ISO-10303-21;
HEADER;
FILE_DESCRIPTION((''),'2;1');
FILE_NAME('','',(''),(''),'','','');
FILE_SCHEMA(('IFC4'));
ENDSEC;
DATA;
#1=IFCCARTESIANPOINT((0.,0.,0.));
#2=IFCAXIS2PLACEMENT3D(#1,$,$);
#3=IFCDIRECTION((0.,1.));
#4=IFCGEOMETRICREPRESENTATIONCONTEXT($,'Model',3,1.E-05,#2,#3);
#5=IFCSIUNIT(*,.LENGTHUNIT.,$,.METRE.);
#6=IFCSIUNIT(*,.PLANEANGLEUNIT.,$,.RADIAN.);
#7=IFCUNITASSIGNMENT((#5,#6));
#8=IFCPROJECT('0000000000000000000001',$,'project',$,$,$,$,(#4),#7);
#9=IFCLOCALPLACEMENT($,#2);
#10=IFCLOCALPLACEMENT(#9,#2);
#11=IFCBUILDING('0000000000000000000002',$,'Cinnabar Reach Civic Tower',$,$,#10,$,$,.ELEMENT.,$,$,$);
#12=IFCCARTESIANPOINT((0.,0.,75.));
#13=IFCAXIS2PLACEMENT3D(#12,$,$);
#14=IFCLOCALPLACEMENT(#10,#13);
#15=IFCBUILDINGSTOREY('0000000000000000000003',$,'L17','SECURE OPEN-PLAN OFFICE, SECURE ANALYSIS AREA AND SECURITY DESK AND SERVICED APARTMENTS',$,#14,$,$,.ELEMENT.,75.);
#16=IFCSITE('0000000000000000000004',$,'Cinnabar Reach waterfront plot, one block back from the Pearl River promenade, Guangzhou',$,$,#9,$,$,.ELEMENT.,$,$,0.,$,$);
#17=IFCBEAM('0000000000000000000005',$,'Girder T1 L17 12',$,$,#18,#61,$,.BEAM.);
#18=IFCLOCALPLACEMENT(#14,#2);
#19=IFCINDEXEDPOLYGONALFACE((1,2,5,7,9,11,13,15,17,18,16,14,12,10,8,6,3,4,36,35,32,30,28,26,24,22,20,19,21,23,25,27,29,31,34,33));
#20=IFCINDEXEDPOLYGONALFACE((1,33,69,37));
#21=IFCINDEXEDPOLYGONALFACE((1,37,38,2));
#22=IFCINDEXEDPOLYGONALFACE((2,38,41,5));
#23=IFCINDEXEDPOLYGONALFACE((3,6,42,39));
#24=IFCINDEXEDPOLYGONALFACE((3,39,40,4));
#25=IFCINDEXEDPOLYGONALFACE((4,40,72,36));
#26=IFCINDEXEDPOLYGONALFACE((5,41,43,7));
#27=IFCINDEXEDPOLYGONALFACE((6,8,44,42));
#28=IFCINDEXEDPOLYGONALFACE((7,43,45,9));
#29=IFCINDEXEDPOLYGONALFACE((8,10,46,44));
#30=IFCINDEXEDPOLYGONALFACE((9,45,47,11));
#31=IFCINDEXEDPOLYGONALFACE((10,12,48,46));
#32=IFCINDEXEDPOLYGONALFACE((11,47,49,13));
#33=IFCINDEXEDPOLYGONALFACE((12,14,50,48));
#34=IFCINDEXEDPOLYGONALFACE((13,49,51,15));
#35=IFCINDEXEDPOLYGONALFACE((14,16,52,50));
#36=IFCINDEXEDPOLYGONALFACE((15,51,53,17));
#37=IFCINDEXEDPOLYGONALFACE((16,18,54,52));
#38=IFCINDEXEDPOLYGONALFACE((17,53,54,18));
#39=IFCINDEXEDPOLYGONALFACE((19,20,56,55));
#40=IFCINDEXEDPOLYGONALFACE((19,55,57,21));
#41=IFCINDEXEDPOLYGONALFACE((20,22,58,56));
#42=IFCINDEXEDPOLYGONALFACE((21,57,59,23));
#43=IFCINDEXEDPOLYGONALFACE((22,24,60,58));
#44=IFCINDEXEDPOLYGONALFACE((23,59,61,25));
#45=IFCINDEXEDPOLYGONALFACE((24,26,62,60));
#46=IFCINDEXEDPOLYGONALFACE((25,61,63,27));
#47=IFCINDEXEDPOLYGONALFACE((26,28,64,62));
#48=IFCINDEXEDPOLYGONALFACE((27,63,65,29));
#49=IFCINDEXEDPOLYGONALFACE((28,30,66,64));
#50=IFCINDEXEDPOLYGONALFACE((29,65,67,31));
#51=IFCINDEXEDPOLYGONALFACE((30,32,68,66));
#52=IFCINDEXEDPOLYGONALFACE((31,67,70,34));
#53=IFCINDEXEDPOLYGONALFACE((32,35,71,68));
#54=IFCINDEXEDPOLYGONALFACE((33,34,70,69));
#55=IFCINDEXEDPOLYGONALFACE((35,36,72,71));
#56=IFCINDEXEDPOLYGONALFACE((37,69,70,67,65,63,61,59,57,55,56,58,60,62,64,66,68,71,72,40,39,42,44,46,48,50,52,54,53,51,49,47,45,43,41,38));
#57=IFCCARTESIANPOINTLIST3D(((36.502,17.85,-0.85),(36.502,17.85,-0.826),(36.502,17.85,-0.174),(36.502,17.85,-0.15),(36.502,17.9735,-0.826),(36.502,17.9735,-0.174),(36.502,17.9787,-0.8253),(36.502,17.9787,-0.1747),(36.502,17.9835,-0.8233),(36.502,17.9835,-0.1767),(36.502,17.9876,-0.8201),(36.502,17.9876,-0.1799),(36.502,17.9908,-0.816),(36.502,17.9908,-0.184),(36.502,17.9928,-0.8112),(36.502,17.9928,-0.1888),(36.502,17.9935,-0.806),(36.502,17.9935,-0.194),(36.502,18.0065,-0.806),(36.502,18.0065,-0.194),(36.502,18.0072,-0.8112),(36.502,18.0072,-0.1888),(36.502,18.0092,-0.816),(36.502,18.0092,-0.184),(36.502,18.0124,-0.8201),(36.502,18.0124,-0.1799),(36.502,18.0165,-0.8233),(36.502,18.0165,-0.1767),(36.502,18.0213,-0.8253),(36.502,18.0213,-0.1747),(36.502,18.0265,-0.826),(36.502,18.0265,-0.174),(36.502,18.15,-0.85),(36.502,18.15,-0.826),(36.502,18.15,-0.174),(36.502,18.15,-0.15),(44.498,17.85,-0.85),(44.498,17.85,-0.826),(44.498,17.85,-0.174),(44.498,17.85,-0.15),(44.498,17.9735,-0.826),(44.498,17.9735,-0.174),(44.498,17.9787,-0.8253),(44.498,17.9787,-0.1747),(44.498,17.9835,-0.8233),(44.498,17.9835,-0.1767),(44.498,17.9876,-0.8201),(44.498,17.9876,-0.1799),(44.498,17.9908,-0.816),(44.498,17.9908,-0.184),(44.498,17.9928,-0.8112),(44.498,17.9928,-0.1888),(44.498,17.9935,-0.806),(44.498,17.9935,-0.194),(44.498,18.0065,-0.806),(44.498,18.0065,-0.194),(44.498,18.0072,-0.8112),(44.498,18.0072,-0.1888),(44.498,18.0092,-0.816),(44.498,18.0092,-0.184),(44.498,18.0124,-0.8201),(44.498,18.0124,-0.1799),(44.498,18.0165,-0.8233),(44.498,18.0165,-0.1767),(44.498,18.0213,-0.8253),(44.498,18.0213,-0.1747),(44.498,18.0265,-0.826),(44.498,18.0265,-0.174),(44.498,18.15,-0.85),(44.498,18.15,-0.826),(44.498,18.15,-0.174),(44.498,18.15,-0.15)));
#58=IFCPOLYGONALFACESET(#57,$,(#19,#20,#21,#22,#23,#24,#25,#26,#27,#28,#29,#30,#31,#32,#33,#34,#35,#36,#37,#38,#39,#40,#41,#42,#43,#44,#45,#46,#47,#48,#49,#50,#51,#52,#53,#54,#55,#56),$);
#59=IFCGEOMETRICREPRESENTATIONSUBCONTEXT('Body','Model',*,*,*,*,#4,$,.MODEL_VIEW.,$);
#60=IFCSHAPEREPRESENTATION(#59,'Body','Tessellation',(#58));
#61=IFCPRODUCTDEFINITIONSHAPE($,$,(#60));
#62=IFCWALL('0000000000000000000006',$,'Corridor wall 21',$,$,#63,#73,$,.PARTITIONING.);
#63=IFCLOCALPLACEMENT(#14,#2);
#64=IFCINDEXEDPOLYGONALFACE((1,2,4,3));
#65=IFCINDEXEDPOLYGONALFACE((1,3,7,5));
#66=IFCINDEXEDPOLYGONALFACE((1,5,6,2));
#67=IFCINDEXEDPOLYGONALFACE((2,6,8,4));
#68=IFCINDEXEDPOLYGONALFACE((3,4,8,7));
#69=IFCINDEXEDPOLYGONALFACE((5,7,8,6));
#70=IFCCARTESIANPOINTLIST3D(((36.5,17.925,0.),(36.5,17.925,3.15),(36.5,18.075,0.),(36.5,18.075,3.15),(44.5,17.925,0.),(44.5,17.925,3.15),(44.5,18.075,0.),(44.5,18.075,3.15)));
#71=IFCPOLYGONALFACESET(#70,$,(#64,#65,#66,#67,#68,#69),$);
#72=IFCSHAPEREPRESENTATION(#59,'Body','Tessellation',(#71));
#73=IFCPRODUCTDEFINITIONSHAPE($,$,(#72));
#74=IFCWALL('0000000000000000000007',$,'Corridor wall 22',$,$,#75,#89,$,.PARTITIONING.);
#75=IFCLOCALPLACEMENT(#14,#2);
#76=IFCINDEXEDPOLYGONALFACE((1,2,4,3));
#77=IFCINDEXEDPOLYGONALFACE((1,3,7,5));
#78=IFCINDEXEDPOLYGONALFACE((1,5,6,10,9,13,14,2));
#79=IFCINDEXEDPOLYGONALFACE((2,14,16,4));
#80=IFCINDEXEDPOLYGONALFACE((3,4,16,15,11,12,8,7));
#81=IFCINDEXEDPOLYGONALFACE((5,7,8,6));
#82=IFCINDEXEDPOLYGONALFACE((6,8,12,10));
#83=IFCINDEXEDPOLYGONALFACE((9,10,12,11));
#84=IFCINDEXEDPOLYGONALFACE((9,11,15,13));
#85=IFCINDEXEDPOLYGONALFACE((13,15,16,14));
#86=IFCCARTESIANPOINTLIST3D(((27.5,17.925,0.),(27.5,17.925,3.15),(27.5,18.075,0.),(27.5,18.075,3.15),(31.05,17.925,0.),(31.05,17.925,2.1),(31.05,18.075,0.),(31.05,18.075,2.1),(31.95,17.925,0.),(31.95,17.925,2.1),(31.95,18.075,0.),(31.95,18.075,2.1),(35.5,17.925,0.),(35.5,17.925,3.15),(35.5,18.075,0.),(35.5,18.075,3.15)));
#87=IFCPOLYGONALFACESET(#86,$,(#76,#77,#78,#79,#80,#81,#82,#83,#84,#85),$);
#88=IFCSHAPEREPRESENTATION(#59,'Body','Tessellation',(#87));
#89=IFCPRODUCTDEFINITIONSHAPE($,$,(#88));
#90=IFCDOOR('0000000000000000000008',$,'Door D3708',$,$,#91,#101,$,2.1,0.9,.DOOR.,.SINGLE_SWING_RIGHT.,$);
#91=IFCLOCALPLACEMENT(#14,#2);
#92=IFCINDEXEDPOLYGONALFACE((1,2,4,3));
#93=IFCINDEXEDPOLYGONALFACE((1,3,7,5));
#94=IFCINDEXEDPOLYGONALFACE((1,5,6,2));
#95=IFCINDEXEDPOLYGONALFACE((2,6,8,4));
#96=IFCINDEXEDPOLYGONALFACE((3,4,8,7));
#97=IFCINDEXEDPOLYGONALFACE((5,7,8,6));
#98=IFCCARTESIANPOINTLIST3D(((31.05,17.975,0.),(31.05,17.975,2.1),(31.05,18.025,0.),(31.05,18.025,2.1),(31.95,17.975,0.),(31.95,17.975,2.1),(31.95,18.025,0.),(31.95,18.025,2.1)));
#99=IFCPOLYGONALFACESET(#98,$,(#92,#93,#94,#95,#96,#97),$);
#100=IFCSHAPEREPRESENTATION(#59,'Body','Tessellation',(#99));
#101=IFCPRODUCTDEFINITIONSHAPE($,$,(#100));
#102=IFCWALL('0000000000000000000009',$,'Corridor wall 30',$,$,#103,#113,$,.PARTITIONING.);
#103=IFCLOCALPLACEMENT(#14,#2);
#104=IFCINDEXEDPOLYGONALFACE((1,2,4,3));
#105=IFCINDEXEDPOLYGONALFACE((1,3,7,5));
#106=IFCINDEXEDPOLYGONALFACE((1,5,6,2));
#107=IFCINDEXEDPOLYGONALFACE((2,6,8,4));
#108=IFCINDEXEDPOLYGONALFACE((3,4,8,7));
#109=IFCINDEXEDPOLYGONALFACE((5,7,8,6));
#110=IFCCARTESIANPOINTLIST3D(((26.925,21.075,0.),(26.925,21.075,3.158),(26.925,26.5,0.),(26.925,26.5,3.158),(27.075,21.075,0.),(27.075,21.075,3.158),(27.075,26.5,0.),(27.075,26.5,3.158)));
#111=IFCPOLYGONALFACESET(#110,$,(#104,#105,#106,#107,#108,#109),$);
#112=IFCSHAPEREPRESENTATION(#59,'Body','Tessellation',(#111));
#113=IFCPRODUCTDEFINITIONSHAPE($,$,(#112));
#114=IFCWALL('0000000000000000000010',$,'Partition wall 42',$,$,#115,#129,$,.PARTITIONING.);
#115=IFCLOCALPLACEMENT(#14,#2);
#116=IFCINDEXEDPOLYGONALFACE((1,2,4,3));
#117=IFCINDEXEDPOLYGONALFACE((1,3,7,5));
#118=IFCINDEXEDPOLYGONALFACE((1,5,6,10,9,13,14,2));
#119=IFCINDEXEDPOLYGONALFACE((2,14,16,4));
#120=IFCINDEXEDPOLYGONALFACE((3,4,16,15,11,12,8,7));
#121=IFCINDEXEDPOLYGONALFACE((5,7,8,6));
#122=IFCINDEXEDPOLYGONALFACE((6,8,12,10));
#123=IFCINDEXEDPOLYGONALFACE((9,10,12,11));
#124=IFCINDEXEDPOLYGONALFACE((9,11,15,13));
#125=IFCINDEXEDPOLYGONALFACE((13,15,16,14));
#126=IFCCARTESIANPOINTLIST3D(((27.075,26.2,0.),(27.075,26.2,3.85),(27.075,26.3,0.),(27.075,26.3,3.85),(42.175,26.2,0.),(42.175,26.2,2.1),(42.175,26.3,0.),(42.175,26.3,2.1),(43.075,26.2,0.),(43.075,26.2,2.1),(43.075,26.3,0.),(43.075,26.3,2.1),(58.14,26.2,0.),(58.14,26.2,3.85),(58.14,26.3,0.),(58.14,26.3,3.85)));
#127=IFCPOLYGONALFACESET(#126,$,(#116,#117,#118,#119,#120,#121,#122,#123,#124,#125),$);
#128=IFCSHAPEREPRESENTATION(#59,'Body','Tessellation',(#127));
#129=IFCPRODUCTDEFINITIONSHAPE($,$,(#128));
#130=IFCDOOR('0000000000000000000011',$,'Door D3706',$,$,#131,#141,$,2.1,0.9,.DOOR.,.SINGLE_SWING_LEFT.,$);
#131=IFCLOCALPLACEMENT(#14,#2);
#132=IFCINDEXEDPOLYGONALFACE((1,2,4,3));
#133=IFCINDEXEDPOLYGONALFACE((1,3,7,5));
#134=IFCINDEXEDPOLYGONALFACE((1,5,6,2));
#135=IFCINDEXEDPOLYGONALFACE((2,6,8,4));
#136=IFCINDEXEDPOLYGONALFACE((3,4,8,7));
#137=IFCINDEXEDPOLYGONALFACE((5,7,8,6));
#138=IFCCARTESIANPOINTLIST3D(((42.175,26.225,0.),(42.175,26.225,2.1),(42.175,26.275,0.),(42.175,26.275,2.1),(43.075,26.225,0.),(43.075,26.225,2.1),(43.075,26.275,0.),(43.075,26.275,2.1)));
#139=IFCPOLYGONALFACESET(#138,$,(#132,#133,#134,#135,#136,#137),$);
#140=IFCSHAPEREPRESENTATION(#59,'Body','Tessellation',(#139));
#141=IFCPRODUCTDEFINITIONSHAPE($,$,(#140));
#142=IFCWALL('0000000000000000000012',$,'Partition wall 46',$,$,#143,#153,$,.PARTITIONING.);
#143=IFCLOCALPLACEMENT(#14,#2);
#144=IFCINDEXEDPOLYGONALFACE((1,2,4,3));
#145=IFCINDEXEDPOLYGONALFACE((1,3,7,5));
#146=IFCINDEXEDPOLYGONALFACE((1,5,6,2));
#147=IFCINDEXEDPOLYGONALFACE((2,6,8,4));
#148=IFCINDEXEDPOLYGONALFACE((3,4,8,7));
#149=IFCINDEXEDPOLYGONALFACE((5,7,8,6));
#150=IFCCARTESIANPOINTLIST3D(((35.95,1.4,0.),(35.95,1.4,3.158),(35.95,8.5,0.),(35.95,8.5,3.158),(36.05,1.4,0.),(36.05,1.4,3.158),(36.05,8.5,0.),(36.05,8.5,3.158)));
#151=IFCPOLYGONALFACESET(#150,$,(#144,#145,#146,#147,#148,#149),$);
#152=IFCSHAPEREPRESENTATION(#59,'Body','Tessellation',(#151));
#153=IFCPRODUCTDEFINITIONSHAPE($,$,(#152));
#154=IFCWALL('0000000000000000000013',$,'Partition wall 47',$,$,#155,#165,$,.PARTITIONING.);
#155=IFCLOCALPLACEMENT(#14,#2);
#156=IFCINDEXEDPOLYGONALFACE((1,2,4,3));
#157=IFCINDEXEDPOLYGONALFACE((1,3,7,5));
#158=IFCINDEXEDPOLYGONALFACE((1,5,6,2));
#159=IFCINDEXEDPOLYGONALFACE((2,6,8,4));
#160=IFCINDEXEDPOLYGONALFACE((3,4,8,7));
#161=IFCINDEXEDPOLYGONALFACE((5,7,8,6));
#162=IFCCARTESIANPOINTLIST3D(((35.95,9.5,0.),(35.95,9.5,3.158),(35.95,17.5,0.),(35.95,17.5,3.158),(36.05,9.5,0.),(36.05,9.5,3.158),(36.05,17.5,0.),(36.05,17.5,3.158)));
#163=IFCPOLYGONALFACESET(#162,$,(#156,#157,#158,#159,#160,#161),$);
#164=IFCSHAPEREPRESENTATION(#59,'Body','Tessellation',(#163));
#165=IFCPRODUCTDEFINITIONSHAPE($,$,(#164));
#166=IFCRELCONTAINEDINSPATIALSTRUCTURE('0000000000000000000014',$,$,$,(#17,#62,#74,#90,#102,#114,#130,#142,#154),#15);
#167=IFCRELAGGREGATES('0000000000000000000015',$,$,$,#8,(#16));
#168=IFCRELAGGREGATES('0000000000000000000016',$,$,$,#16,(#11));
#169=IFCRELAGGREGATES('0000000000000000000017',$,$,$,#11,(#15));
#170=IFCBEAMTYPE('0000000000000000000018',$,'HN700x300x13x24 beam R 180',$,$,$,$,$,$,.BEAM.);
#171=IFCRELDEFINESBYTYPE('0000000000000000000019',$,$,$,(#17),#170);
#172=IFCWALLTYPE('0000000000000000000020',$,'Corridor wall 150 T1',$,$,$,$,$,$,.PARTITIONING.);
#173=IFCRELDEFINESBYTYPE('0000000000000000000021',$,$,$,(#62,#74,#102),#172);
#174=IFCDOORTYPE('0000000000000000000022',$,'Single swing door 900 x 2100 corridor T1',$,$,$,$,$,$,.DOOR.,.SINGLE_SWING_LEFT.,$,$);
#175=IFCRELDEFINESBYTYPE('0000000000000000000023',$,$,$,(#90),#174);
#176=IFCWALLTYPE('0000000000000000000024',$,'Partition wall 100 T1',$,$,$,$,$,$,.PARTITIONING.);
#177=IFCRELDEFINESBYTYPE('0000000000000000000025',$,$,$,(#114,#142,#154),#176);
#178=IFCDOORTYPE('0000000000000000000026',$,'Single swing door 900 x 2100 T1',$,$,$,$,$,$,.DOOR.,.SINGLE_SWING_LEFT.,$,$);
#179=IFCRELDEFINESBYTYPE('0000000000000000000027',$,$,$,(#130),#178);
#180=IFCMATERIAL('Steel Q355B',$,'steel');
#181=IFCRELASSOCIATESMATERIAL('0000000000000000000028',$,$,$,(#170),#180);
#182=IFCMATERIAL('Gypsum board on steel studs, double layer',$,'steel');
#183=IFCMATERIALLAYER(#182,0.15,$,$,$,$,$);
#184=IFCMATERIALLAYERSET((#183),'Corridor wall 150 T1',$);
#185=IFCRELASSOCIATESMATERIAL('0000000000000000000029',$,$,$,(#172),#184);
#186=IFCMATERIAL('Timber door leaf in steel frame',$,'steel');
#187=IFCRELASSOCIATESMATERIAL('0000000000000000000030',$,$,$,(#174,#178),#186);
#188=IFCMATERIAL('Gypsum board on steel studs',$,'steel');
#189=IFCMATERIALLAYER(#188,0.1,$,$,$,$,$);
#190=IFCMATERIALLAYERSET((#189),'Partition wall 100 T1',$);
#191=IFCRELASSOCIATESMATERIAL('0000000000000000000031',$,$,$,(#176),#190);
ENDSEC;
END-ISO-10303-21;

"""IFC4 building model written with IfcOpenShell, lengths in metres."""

from ifc_helpers import new_model, si_unit, direction, frame, frame_2d, origin, origin_2d, place, context, subcontext, project, spatial, rectangle, i_section, extrude, material, layer, layer_set, material_profile, profile_set, type_object, element, fill, save


model = new_model("IFC4")

# Units and contexts
model_context = context("Model", 3, precision=1e-05, world=origin(), true_north=direction((0.0, 1.0)))
body_context = subcontext(model_context, "Body", "Model", "MODEL_VIEW")
ifc_project = project(units=[si_unit("LENGTHUNIT", "METRE"), si_unit("PLANEANGLEUNIT", "RADIAN")], contexts=[model_context])

# Site, building, storey
site_placement = place(None, origin())
site = spatial("IfcSite", under=ifc_project, at=site_placement, Name="Cinnabar Reach waterfront plot, one block back from the Pearl River promenade, Guangzhou", CompositionType="ELEMENT", RefElevation=0.0)
building_placement = place(site_placement, origin())
building = spatial("IfcBuilding", under=site, at=building_placement, Name="Cinnabar Reach Civic Tower", CompositionType="ELEMENT")
storey_placement = place(building_placement, frame((0.0, 0.0, 75.0)))
storey = spatial("IfcBuildingStorey", under=building, at=storey_placement, Name="L17", Description="SECURE OPEN-PLAN OFFICE, SECURE ANALYSIS AREA AND SECURITY DESK AND SERVICED APARTMENTS", CompositionType="ELEMENT", Elevation=75.0)

# Beam
ifc_material_1 = material(Name="Steel Q355B", Category="steel")
ifc_material_profile_1 = material_profile(ifc_material_1, i_section(OverallWidth=0.3, OverallDepth=0.7, WebThickness=0.013, FlangeThickness=0.024, FilletRadius=0.02, at=origin_2d()), Name="HN700x300x13x24")
ifc_profile_set_1 = profile_set([ifc_material_profile_1], Name="Steel Q355B")
beam_type_1 = type_object("IfcBeamType", Name="HN700x300x13x24 beam R 180", PredefinedType="BEAM", material=ifc_profile_set_1)
for number, where, z_axis, x_axis, name in (
    (1, (36.502, 18.0, -0.5), (1.0, 0.0, 0.0), (0.0, 1.0, 0.0), "Girder T1 L17 12"),
):
    element("IfcBeam", number, at=place(storey_placement, frame(where, z_axis=z_axis, x_axis=x_axis)), inside=storey, type_object=beam_type_1, Name=name, PredefinedType="BEAM", context=body_context, shape_type="SweptSolid", body=[
        extrude(i_section(OverallWidth=0.3, OverallDepth=0.7, WebThickness=0.013, FlangeThickness=0.024, FilletRadius=0.02, at=origin_2d()), origin(), (0.0, 0.0, 1.0), 7.996),
    ])

# Wall
ifc_material_2 = material(Name="Gypsum board on steel studs, double layer", Category="steel")
ifc_layer_1 = layer(ifc_material_2, 0.15)
ifc_layer_set_1 = layer_set([ifc_layer_1], Name="Corridor wall 150 T1")
wall_type_1 = type_object("IfcWallType", Name="Corridor wall 150 T1", PredefinedType="PARTITIONING", material=ifc_layer_set_1)
wall_1_placement = place(storey_placement, frame((36.5, 18.0, 0.0), z_axis=(0.0, 0.0, 1.0), x_axis=(1.0, 0.0, 0.0)))
element("IfcWall", 2, at=wall_1_placement, inside=storey, type_object=wall_type_1, Name="Corridor wall 21", PredefinedType="PARTITIONING", context=body_context, shape_type="SweptSolid", body=[
    extrude(rectangle(XDim=8.0, YDim=0.15, at=frame_2d((4.0, 0.0))), origin(), (0.0, 0.0, 1.0), 3.15),
])

# Wall, opening, door
wall_2_placement = place(storey_placement, frame((27.5, 18.0, 0.0), z_axis=(0.0, 0.0, 1.0), x_axis=(1.0, 0.0, 0.0)))
wall_2 = element("IfcWall", 3, at=wall_2_placement, inside=storey, type_object=wall_type_1, Name="Corridor wall 22", PredefinedType="PARTITIONING", context=body_context, shape_type="SweptSolid", body=[
    extrude(rectangle(XDim=8.0, YDim=0.15, at=frame_2d((4.0, 0.0))), origin(), (0.0, 0.0, 1.0), 3.15),
])
opening_1_placement = place(wall_2_placement, frame((3.55, 0.0, 0.0)))
opening_1 = element("IfcOpeningElement", 4, at=opening_1_placement, cuts=wall_2, PredefinedType="OPENING", context=body_context, shape_type="SweptSolid", body=[
    extrude(rectangle(XDim=0.9, YDim=2.1, at=frame_2d((0.45, 1.05))), frame((0.0, 0.085, 0.0), z_axis=(0.0, -1.0, 0.0), x_axis=(1.0, 0.0, 0.0)), (0.0, 0.0, 1.0), 0.17),
])
ifc_material_3 = material(Name="Timber door leaf in steel frame", Category="steel")
door_type_1 = type_object("IfcDoorType", Name="Single swing door 900 x 2100 corridor T1", OperationType="SINGLE_SWING_LEFT", PredefinedType="DOOR", material=ifc_material_3)
door_1_placement = place(opening_1_placement, frame((0.9, 0.0, 0.0), z_axis=(0.0, 0.0, 1.0), x_axis=(-1.0, 0.0, 0.0)))
door_1 = element("IfcDoor", 5, at=door_1_placement, inside=storey, type_object=door_type_1, Name="Door D3708", OperationType="SINGLE_SWING_RIGHT", OverallHeight=2.1, OverallWidth=0.9, PredefinedType="DOOR", context=body_context, shape_type="SweptSolid", body=[
    extrude(rectangle(XDim=0.9, YDim=2.1, at=frame_2d((0.45, 1.05))), frame((0.0, 0.025, 0.0), z_axis=(0.0, -1.0, 0.0), x_axis=(1.0, 0.0, 0.0)), (0.0, 0.0, 1.0), 0.05),
])
fill(opening_1, door_1)

# Wall
wall_3_placement = place(storey_placement, frame((27.0, 21.075, 0.0), z_axis=(0.0, 0.0, 1.0), x_axis=(0.0, 1.0, 0.0)))
element("IfcWall", 6, at=wall_3_placement, inside=storey, type_object=wall_type_1, Name="Corridor wall 30", PredefinedType="PARTITIONING", context=body_context, shape_type="SweptSolid", body=[
    extrude(rectangle(XDim=5.425, YDim=0.15, at=frame_2d((2.7125, 0.0))), origin(), (0.0, 0.0, 1.0), 3.158),
])

# Wall, opening, door
ifc_material_4 = material(Name="Gypsum board on steel studs", Category="steel")
ifc_layer_2 = layer(ifc_material_4, 0.1)
ifc_layer_set_2 = layer_set([ifc_layer_2], Name="Partition wall 100 T1")
wall_type_2 = type_object("IfcWallType", Name="Partition wall 100 T1", PredefinedType="PARTITIONING", material=ifc_layer_set_2)
wall_4_placement = place(storey_placement, frame((27.075, 26.25, 0.0), z_axis=(0.0, 0.0, 1.0), x_axis=(1.0, 0.0, 0.0)))
wall_4 = element("IfcWall", 7, at=wall_4_placement, inside=storey, type_object=wall_type_2, Name="Partition wall 42", PredefinedType="PARTITIONING", context=body_context, shape_type="SweptSolid", body=[
    extrude(rectangle(XDim=31.065, YDim=0.1, at=frame_2d((15.5325, 0.0))), origin(), (0.0, 0.0, 1.0), 3.85),
])
opening_2_placement = place(wall_4_placement, frame((15.1, 0.0, 0.0)))
opening_2 = element("IfcOpeningElement", 8, at=opening_2_placement, cuts=wall_4, PredefinedType="OPENING", context=body_context, shape_type="SweptSolid", body=[
    extrude(rectangle(XDim=0.9, YDim=2.1, at=frame_2d((0.45, 1.05))), frame((0.0, 0.06, 0.0), z_axis=(0.0, -1.0, 0.0), x_axis=(1.0, 0.0, 0.0)), (0.0, 0.0, 1.0), 0.12),
])
door_type_2 = type_object("IfcDoorType", Name="Single swing door 900 x 2100 T1", OperationType="SINGLE_SWING_LEFT", PredefinedType="DOOR", material=ifc_material_3)
door_2_placement = place(opening_2_placement, origin())
door_2 = element("IfcDoor", 9, at=door_2_placement, inside=storey, type_object=door_type_2, Name="Door D3706", OperationType="SINGLE_SWING_LEFT", OverallHeight=2.1, OverallWidth=0.9, PredefinedType="DOOR", context=body_context, shape_type="SweptSolid", body=[
    extrude(rectangle(XDim=0.9, YDim=2.1, at=frame_2d((0.45, 1.05))), frame((0.0, 0.025, 0.0), z_axis=(0.0, -1.0, 0.0), x_axis=(1.0, 0.0, 0.0)), (0.0, 0.0, 1.0), 0.05),
])
fill(opening_2, door_2)

# Walls
wall_5_placement = place(storey_placement, frame((36.0, 1.4, 0.0), z_axis=(0.0, 0.0, 1.0), x_axis=(0.0, 1.0, 0.0)))
element("IfcWall", 10, at=wall_5_placement, inside=storey, type_object=wall_type_2, Name="Partition wall 46", PredefinedType="PARTITIONING", context=body_context, shape_type="SweptSolid", body=[
    extrude(rectangle(XDim=7.1, YDim=0.1, at=frame_2d((3.55, 0.0))), origin(), (0.0, 0.0, 1.0), 3.158),
])
wall_6_placement = place(storey_placement, frame((36.0, 9.5, 0.0), z_axis=(0.0, 0.0, 1.0), x_axis=(0.0, 1.0, 0.0)))
element("IfcWall", 11, at=wall_6_placement, inside=storey, type_object=wall_type_2, Name="Partition wall 47", PredefinedType="PARTITIONING", context=body_context, shape_type="SweptSolid", body=[
    extrude(rectangle(XDim=8.0, YDim=0.1, at=frame_2d((4.0, 0.0))), origin(), (0.0, 0.0, 1.0), 3.158),
])

save(model, "model.ifc")
